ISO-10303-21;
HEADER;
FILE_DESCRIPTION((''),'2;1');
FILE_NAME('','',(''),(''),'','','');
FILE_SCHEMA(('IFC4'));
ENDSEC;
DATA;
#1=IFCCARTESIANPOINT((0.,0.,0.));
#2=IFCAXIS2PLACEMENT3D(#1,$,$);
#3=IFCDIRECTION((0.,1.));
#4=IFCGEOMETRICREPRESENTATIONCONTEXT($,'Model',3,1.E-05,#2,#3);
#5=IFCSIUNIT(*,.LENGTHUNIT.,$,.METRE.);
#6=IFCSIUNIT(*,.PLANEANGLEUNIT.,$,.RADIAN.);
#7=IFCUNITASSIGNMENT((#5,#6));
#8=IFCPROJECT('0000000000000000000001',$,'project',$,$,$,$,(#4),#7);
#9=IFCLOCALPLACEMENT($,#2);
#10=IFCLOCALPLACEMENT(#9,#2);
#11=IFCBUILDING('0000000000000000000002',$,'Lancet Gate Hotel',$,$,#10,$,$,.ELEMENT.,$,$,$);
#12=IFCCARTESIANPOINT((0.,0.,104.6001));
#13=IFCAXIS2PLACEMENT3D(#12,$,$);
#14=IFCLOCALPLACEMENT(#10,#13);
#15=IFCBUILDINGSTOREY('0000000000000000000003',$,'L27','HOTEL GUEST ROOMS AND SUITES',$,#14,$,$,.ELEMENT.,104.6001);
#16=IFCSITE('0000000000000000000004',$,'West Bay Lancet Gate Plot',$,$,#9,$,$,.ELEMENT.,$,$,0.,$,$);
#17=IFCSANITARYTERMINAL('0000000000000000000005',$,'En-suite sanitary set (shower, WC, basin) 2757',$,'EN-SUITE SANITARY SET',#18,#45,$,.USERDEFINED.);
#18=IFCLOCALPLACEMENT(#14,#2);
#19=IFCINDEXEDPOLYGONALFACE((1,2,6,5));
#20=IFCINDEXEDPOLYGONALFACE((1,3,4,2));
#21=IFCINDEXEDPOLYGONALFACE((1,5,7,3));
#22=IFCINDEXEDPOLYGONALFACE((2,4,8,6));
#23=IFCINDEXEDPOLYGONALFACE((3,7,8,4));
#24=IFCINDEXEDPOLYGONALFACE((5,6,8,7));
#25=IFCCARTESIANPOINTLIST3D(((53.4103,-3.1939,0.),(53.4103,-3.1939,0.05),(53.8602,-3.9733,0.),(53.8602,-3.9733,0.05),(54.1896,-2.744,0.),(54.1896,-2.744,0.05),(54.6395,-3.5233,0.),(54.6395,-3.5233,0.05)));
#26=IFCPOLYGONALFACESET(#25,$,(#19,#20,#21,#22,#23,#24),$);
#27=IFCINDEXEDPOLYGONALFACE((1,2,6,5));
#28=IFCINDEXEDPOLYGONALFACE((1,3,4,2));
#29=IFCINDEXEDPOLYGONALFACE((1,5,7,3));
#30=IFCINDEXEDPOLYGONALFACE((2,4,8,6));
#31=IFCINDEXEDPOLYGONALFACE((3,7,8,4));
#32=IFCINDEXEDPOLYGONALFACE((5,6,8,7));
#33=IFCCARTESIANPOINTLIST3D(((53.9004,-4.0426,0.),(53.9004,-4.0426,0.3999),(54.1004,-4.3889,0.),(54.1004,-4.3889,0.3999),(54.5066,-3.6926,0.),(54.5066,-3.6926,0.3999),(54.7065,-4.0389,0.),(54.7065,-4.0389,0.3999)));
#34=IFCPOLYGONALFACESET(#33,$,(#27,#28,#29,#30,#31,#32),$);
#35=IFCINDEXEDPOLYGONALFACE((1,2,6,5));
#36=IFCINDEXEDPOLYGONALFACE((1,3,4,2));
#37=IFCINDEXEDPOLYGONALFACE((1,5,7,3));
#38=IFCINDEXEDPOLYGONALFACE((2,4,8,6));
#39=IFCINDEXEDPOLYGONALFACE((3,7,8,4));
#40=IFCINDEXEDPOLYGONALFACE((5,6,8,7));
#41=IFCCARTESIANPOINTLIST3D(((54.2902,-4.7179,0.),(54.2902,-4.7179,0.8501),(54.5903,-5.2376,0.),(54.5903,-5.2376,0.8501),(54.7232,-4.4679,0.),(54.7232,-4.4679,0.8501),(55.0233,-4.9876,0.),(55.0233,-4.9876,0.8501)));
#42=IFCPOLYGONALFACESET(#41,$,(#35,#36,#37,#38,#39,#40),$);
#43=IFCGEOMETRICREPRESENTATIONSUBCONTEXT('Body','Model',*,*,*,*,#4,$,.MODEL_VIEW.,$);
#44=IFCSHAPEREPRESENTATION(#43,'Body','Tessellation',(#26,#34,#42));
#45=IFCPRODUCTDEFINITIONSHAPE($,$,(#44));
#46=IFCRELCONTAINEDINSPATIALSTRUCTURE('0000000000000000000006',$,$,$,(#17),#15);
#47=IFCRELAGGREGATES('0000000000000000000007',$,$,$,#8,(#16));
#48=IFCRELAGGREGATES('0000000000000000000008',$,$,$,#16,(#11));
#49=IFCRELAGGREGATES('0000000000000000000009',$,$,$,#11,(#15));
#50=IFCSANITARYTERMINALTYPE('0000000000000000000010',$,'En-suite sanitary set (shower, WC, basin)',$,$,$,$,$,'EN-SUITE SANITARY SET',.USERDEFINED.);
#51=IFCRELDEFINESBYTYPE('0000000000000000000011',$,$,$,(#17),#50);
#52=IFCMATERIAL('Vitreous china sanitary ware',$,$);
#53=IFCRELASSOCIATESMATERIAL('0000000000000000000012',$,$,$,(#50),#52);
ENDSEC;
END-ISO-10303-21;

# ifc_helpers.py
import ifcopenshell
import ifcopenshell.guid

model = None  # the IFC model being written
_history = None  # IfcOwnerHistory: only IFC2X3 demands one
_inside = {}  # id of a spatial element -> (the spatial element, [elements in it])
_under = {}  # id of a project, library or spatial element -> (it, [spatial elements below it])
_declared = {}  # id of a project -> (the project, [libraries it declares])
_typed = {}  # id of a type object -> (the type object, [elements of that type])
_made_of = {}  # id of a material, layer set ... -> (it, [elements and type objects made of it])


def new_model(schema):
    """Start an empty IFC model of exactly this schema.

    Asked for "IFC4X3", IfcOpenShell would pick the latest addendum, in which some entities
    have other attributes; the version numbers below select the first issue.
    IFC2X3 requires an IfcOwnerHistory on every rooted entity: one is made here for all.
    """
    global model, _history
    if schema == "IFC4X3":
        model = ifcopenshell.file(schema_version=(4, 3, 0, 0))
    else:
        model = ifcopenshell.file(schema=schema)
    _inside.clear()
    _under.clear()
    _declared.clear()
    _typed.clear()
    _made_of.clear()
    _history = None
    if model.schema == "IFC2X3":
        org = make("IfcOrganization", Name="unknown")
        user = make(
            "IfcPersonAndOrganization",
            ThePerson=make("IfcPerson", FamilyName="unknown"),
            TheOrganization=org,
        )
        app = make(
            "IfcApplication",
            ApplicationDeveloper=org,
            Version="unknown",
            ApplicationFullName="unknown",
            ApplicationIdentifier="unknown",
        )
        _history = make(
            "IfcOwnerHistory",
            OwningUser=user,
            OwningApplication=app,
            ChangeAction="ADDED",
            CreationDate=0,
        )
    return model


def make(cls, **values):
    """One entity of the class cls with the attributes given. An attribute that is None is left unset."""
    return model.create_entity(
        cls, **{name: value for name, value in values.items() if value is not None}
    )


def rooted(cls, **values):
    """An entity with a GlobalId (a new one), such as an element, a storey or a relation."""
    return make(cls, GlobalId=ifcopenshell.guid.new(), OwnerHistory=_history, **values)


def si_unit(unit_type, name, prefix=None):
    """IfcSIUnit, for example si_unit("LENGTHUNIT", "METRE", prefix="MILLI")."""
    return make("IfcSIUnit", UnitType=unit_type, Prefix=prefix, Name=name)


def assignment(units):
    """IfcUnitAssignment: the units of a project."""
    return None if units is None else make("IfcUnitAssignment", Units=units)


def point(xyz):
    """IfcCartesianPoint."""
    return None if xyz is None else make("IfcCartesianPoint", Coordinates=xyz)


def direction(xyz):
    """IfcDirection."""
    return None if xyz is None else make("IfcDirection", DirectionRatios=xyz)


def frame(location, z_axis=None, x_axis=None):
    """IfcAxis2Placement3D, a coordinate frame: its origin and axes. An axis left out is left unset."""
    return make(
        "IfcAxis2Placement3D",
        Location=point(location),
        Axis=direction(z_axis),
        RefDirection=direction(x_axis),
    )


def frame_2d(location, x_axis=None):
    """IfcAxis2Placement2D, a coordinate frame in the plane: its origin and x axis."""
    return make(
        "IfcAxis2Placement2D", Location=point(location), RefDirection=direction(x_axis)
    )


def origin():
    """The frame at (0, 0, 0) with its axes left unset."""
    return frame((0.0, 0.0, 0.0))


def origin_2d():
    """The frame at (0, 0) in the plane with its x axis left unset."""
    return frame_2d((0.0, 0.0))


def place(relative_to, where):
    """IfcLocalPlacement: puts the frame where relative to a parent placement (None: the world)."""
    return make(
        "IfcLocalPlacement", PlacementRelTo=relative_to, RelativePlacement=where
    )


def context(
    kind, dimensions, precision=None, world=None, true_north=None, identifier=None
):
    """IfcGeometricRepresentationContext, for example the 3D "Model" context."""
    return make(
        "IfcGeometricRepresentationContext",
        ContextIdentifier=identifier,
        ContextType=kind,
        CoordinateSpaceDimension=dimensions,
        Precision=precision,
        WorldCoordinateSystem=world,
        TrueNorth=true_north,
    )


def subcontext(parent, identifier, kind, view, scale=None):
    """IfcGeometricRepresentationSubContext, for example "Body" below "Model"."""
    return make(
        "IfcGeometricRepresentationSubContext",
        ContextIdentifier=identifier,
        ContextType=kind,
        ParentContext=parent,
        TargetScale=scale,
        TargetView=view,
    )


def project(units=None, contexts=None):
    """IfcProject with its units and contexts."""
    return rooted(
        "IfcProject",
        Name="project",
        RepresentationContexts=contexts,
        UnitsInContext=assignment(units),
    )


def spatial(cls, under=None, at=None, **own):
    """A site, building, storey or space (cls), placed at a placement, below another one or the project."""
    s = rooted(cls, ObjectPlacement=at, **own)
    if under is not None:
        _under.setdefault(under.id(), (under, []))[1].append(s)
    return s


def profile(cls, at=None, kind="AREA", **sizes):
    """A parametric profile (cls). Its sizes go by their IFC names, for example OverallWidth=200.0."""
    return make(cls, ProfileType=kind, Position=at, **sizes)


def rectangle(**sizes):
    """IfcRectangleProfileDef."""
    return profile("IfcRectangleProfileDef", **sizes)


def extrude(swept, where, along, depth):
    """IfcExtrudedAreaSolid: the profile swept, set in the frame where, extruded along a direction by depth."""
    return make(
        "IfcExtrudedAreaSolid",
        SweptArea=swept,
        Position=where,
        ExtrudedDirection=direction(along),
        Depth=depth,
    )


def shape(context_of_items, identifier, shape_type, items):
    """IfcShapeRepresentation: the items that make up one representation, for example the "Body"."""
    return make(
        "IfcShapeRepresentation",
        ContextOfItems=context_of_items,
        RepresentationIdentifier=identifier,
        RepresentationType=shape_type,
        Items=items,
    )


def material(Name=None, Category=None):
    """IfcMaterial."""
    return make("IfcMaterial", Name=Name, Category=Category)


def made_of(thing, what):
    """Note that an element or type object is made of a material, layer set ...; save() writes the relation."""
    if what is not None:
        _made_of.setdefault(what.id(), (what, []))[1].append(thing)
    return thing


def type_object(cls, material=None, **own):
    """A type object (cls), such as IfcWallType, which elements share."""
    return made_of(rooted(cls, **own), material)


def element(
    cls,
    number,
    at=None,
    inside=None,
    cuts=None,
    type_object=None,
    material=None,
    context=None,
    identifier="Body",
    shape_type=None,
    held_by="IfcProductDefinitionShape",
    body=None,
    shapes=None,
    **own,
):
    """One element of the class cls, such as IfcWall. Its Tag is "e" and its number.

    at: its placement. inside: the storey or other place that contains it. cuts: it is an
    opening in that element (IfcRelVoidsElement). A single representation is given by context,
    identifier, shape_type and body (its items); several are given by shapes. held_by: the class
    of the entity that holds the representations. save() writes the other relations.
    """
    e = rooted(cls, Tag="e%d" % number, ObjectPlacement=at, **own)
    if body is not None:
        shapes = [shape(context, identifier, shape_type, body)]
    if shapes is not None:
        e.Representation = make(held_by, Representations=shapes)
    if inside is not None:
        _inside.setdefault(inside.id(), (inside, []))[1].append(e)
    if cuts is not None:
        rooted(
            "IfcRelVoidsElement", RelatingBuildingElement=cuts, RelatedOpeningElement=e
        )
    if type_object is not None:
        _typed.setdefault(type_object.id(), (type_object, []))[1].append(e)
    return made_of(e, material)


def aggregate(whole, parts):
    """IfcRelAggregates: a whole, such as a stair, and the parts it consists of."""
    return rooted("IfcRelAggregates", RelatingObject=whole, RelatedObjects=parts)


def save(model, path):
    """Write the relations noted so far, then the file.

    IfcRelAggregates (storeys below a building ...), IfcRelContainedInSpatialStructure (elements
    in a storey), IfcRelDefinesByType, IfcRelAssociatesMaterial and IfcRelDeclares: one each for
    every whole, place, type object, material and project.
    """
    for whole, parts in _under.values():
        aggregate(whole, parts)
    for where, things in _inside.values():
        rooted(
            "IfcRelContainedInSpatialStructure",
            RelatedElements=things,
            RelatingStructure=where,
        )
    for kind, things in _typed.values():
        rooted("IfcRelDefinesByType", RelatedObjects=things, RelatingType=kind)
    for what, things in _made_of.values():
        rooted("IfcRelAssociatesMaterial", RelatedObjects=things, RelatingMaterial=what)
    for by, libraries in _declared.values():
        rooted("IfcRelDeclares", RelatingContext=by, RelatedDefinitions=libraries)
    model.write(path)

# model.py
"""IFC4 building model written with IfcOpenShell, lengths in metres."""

from ifc_helpers import new_model, si_unit, direction, frame, origin, origin_2d, place, context, subcontext, project, spatial, rectangle, extrude, material, type_object, element, save


model = new_model("IFC4")

# Units and contexts
model_context = context("Model", 3, precision=1e-05, world=origin(), true_north=direction((0.0, 1.0)))
body_context = subcontext(model_context, "Body", "Model", "MODEL_VIEW")
ifc_project = project(units=[si_unit("LENGTHUNIT", "METRE"), si_unit("PLANEANGLEUNIT", "RADIAN")], contexts=[model_context])

# Site, building, storey
site_placement = place(None, origin())
site = spatial("IfcSite", under=ifc_project, at=site_placement, Name="West Bay Lancet Gate Plot", CompositionType="ELEMENT", RefElevation=0.0)
building_placement = place(site_placement, origin())
building = spatial("IfcBuilding", under=site, at=building_placement, Name="Lancet Gate Hotel", CompositionType="ELEMENT")
storey_placement = place(building_placement, frame((0.0, 0.0, 104.6001)))
storey = spatial("IfcBuildingStorey", under=building, at=storey_placement, Name="L27", Description="HOTEL GUEST ROOMS AND SUITES", CompositionType="ELEMENT", Elevation=104.6001)

# Sanitary terminal
ifc_material_1 = material(Name="Vitreous china sanitary ware")
sanitary_terminal_type = type_object("IfcSanitaryTerminalType", Name="En-suite sanitary set (shower, WC, basin)", ElementType="EN-SUITE SANITARY SET", PredefinedType="USERDEFINED", material=ifc_material_1)
sanitary_terminal_placement = place(storey_placement, frame((54.0249, -3.3586, 0.0), z_axis=(0.0, 0.0, 1.0), x_axis=(1.0, 0.0, 0.0)))
element("IfcSanitaryTerminal", 1, at=sanitary_terminal_placement, inside=storey, type_object=sanitary_terminal_type, Name="En-suite sanitary set (shower, WC, basin) 2757", ObjectType="EN-SUITE SANITARY SET", PredefinedType="USERDEFINED", context=body_context, shape_type="SweptSolid", body=[
    extrude(rectangle(XDim=0.8999, YDim=0.8999, at=origin_2d()), frame((0.0, 0.0, 0.0), z_axis=(0.0, 0.0, 1.0), x_axis=(-0.5, 0.866025, 0.0)), (0.0, 0.0, 1.0), 0.05),
    extrude(rectangle(XDim=0.3999, YDim=0.7, at=origin_2d()), frame((0.2786, -0.6821, 0.0), z_axis=(0.0, 0.0, 1.0), x_axis=(-0.5, 0.866025, 0.0)), (0.0, 0.0, 1.0), 0.3999),
    extrude(rectangle(XDim=0.6001, YDim=0.5, at=origin_2d()), frame((0.6318, -1.4941, 0.0), z_axis=(0.0, 0.0, 1.0), x_axis=(-0.5, 0.866025, 0.0)), (0.0, 0.0, 1.0), 0.8501),
])

save(model, "model.ifc")
